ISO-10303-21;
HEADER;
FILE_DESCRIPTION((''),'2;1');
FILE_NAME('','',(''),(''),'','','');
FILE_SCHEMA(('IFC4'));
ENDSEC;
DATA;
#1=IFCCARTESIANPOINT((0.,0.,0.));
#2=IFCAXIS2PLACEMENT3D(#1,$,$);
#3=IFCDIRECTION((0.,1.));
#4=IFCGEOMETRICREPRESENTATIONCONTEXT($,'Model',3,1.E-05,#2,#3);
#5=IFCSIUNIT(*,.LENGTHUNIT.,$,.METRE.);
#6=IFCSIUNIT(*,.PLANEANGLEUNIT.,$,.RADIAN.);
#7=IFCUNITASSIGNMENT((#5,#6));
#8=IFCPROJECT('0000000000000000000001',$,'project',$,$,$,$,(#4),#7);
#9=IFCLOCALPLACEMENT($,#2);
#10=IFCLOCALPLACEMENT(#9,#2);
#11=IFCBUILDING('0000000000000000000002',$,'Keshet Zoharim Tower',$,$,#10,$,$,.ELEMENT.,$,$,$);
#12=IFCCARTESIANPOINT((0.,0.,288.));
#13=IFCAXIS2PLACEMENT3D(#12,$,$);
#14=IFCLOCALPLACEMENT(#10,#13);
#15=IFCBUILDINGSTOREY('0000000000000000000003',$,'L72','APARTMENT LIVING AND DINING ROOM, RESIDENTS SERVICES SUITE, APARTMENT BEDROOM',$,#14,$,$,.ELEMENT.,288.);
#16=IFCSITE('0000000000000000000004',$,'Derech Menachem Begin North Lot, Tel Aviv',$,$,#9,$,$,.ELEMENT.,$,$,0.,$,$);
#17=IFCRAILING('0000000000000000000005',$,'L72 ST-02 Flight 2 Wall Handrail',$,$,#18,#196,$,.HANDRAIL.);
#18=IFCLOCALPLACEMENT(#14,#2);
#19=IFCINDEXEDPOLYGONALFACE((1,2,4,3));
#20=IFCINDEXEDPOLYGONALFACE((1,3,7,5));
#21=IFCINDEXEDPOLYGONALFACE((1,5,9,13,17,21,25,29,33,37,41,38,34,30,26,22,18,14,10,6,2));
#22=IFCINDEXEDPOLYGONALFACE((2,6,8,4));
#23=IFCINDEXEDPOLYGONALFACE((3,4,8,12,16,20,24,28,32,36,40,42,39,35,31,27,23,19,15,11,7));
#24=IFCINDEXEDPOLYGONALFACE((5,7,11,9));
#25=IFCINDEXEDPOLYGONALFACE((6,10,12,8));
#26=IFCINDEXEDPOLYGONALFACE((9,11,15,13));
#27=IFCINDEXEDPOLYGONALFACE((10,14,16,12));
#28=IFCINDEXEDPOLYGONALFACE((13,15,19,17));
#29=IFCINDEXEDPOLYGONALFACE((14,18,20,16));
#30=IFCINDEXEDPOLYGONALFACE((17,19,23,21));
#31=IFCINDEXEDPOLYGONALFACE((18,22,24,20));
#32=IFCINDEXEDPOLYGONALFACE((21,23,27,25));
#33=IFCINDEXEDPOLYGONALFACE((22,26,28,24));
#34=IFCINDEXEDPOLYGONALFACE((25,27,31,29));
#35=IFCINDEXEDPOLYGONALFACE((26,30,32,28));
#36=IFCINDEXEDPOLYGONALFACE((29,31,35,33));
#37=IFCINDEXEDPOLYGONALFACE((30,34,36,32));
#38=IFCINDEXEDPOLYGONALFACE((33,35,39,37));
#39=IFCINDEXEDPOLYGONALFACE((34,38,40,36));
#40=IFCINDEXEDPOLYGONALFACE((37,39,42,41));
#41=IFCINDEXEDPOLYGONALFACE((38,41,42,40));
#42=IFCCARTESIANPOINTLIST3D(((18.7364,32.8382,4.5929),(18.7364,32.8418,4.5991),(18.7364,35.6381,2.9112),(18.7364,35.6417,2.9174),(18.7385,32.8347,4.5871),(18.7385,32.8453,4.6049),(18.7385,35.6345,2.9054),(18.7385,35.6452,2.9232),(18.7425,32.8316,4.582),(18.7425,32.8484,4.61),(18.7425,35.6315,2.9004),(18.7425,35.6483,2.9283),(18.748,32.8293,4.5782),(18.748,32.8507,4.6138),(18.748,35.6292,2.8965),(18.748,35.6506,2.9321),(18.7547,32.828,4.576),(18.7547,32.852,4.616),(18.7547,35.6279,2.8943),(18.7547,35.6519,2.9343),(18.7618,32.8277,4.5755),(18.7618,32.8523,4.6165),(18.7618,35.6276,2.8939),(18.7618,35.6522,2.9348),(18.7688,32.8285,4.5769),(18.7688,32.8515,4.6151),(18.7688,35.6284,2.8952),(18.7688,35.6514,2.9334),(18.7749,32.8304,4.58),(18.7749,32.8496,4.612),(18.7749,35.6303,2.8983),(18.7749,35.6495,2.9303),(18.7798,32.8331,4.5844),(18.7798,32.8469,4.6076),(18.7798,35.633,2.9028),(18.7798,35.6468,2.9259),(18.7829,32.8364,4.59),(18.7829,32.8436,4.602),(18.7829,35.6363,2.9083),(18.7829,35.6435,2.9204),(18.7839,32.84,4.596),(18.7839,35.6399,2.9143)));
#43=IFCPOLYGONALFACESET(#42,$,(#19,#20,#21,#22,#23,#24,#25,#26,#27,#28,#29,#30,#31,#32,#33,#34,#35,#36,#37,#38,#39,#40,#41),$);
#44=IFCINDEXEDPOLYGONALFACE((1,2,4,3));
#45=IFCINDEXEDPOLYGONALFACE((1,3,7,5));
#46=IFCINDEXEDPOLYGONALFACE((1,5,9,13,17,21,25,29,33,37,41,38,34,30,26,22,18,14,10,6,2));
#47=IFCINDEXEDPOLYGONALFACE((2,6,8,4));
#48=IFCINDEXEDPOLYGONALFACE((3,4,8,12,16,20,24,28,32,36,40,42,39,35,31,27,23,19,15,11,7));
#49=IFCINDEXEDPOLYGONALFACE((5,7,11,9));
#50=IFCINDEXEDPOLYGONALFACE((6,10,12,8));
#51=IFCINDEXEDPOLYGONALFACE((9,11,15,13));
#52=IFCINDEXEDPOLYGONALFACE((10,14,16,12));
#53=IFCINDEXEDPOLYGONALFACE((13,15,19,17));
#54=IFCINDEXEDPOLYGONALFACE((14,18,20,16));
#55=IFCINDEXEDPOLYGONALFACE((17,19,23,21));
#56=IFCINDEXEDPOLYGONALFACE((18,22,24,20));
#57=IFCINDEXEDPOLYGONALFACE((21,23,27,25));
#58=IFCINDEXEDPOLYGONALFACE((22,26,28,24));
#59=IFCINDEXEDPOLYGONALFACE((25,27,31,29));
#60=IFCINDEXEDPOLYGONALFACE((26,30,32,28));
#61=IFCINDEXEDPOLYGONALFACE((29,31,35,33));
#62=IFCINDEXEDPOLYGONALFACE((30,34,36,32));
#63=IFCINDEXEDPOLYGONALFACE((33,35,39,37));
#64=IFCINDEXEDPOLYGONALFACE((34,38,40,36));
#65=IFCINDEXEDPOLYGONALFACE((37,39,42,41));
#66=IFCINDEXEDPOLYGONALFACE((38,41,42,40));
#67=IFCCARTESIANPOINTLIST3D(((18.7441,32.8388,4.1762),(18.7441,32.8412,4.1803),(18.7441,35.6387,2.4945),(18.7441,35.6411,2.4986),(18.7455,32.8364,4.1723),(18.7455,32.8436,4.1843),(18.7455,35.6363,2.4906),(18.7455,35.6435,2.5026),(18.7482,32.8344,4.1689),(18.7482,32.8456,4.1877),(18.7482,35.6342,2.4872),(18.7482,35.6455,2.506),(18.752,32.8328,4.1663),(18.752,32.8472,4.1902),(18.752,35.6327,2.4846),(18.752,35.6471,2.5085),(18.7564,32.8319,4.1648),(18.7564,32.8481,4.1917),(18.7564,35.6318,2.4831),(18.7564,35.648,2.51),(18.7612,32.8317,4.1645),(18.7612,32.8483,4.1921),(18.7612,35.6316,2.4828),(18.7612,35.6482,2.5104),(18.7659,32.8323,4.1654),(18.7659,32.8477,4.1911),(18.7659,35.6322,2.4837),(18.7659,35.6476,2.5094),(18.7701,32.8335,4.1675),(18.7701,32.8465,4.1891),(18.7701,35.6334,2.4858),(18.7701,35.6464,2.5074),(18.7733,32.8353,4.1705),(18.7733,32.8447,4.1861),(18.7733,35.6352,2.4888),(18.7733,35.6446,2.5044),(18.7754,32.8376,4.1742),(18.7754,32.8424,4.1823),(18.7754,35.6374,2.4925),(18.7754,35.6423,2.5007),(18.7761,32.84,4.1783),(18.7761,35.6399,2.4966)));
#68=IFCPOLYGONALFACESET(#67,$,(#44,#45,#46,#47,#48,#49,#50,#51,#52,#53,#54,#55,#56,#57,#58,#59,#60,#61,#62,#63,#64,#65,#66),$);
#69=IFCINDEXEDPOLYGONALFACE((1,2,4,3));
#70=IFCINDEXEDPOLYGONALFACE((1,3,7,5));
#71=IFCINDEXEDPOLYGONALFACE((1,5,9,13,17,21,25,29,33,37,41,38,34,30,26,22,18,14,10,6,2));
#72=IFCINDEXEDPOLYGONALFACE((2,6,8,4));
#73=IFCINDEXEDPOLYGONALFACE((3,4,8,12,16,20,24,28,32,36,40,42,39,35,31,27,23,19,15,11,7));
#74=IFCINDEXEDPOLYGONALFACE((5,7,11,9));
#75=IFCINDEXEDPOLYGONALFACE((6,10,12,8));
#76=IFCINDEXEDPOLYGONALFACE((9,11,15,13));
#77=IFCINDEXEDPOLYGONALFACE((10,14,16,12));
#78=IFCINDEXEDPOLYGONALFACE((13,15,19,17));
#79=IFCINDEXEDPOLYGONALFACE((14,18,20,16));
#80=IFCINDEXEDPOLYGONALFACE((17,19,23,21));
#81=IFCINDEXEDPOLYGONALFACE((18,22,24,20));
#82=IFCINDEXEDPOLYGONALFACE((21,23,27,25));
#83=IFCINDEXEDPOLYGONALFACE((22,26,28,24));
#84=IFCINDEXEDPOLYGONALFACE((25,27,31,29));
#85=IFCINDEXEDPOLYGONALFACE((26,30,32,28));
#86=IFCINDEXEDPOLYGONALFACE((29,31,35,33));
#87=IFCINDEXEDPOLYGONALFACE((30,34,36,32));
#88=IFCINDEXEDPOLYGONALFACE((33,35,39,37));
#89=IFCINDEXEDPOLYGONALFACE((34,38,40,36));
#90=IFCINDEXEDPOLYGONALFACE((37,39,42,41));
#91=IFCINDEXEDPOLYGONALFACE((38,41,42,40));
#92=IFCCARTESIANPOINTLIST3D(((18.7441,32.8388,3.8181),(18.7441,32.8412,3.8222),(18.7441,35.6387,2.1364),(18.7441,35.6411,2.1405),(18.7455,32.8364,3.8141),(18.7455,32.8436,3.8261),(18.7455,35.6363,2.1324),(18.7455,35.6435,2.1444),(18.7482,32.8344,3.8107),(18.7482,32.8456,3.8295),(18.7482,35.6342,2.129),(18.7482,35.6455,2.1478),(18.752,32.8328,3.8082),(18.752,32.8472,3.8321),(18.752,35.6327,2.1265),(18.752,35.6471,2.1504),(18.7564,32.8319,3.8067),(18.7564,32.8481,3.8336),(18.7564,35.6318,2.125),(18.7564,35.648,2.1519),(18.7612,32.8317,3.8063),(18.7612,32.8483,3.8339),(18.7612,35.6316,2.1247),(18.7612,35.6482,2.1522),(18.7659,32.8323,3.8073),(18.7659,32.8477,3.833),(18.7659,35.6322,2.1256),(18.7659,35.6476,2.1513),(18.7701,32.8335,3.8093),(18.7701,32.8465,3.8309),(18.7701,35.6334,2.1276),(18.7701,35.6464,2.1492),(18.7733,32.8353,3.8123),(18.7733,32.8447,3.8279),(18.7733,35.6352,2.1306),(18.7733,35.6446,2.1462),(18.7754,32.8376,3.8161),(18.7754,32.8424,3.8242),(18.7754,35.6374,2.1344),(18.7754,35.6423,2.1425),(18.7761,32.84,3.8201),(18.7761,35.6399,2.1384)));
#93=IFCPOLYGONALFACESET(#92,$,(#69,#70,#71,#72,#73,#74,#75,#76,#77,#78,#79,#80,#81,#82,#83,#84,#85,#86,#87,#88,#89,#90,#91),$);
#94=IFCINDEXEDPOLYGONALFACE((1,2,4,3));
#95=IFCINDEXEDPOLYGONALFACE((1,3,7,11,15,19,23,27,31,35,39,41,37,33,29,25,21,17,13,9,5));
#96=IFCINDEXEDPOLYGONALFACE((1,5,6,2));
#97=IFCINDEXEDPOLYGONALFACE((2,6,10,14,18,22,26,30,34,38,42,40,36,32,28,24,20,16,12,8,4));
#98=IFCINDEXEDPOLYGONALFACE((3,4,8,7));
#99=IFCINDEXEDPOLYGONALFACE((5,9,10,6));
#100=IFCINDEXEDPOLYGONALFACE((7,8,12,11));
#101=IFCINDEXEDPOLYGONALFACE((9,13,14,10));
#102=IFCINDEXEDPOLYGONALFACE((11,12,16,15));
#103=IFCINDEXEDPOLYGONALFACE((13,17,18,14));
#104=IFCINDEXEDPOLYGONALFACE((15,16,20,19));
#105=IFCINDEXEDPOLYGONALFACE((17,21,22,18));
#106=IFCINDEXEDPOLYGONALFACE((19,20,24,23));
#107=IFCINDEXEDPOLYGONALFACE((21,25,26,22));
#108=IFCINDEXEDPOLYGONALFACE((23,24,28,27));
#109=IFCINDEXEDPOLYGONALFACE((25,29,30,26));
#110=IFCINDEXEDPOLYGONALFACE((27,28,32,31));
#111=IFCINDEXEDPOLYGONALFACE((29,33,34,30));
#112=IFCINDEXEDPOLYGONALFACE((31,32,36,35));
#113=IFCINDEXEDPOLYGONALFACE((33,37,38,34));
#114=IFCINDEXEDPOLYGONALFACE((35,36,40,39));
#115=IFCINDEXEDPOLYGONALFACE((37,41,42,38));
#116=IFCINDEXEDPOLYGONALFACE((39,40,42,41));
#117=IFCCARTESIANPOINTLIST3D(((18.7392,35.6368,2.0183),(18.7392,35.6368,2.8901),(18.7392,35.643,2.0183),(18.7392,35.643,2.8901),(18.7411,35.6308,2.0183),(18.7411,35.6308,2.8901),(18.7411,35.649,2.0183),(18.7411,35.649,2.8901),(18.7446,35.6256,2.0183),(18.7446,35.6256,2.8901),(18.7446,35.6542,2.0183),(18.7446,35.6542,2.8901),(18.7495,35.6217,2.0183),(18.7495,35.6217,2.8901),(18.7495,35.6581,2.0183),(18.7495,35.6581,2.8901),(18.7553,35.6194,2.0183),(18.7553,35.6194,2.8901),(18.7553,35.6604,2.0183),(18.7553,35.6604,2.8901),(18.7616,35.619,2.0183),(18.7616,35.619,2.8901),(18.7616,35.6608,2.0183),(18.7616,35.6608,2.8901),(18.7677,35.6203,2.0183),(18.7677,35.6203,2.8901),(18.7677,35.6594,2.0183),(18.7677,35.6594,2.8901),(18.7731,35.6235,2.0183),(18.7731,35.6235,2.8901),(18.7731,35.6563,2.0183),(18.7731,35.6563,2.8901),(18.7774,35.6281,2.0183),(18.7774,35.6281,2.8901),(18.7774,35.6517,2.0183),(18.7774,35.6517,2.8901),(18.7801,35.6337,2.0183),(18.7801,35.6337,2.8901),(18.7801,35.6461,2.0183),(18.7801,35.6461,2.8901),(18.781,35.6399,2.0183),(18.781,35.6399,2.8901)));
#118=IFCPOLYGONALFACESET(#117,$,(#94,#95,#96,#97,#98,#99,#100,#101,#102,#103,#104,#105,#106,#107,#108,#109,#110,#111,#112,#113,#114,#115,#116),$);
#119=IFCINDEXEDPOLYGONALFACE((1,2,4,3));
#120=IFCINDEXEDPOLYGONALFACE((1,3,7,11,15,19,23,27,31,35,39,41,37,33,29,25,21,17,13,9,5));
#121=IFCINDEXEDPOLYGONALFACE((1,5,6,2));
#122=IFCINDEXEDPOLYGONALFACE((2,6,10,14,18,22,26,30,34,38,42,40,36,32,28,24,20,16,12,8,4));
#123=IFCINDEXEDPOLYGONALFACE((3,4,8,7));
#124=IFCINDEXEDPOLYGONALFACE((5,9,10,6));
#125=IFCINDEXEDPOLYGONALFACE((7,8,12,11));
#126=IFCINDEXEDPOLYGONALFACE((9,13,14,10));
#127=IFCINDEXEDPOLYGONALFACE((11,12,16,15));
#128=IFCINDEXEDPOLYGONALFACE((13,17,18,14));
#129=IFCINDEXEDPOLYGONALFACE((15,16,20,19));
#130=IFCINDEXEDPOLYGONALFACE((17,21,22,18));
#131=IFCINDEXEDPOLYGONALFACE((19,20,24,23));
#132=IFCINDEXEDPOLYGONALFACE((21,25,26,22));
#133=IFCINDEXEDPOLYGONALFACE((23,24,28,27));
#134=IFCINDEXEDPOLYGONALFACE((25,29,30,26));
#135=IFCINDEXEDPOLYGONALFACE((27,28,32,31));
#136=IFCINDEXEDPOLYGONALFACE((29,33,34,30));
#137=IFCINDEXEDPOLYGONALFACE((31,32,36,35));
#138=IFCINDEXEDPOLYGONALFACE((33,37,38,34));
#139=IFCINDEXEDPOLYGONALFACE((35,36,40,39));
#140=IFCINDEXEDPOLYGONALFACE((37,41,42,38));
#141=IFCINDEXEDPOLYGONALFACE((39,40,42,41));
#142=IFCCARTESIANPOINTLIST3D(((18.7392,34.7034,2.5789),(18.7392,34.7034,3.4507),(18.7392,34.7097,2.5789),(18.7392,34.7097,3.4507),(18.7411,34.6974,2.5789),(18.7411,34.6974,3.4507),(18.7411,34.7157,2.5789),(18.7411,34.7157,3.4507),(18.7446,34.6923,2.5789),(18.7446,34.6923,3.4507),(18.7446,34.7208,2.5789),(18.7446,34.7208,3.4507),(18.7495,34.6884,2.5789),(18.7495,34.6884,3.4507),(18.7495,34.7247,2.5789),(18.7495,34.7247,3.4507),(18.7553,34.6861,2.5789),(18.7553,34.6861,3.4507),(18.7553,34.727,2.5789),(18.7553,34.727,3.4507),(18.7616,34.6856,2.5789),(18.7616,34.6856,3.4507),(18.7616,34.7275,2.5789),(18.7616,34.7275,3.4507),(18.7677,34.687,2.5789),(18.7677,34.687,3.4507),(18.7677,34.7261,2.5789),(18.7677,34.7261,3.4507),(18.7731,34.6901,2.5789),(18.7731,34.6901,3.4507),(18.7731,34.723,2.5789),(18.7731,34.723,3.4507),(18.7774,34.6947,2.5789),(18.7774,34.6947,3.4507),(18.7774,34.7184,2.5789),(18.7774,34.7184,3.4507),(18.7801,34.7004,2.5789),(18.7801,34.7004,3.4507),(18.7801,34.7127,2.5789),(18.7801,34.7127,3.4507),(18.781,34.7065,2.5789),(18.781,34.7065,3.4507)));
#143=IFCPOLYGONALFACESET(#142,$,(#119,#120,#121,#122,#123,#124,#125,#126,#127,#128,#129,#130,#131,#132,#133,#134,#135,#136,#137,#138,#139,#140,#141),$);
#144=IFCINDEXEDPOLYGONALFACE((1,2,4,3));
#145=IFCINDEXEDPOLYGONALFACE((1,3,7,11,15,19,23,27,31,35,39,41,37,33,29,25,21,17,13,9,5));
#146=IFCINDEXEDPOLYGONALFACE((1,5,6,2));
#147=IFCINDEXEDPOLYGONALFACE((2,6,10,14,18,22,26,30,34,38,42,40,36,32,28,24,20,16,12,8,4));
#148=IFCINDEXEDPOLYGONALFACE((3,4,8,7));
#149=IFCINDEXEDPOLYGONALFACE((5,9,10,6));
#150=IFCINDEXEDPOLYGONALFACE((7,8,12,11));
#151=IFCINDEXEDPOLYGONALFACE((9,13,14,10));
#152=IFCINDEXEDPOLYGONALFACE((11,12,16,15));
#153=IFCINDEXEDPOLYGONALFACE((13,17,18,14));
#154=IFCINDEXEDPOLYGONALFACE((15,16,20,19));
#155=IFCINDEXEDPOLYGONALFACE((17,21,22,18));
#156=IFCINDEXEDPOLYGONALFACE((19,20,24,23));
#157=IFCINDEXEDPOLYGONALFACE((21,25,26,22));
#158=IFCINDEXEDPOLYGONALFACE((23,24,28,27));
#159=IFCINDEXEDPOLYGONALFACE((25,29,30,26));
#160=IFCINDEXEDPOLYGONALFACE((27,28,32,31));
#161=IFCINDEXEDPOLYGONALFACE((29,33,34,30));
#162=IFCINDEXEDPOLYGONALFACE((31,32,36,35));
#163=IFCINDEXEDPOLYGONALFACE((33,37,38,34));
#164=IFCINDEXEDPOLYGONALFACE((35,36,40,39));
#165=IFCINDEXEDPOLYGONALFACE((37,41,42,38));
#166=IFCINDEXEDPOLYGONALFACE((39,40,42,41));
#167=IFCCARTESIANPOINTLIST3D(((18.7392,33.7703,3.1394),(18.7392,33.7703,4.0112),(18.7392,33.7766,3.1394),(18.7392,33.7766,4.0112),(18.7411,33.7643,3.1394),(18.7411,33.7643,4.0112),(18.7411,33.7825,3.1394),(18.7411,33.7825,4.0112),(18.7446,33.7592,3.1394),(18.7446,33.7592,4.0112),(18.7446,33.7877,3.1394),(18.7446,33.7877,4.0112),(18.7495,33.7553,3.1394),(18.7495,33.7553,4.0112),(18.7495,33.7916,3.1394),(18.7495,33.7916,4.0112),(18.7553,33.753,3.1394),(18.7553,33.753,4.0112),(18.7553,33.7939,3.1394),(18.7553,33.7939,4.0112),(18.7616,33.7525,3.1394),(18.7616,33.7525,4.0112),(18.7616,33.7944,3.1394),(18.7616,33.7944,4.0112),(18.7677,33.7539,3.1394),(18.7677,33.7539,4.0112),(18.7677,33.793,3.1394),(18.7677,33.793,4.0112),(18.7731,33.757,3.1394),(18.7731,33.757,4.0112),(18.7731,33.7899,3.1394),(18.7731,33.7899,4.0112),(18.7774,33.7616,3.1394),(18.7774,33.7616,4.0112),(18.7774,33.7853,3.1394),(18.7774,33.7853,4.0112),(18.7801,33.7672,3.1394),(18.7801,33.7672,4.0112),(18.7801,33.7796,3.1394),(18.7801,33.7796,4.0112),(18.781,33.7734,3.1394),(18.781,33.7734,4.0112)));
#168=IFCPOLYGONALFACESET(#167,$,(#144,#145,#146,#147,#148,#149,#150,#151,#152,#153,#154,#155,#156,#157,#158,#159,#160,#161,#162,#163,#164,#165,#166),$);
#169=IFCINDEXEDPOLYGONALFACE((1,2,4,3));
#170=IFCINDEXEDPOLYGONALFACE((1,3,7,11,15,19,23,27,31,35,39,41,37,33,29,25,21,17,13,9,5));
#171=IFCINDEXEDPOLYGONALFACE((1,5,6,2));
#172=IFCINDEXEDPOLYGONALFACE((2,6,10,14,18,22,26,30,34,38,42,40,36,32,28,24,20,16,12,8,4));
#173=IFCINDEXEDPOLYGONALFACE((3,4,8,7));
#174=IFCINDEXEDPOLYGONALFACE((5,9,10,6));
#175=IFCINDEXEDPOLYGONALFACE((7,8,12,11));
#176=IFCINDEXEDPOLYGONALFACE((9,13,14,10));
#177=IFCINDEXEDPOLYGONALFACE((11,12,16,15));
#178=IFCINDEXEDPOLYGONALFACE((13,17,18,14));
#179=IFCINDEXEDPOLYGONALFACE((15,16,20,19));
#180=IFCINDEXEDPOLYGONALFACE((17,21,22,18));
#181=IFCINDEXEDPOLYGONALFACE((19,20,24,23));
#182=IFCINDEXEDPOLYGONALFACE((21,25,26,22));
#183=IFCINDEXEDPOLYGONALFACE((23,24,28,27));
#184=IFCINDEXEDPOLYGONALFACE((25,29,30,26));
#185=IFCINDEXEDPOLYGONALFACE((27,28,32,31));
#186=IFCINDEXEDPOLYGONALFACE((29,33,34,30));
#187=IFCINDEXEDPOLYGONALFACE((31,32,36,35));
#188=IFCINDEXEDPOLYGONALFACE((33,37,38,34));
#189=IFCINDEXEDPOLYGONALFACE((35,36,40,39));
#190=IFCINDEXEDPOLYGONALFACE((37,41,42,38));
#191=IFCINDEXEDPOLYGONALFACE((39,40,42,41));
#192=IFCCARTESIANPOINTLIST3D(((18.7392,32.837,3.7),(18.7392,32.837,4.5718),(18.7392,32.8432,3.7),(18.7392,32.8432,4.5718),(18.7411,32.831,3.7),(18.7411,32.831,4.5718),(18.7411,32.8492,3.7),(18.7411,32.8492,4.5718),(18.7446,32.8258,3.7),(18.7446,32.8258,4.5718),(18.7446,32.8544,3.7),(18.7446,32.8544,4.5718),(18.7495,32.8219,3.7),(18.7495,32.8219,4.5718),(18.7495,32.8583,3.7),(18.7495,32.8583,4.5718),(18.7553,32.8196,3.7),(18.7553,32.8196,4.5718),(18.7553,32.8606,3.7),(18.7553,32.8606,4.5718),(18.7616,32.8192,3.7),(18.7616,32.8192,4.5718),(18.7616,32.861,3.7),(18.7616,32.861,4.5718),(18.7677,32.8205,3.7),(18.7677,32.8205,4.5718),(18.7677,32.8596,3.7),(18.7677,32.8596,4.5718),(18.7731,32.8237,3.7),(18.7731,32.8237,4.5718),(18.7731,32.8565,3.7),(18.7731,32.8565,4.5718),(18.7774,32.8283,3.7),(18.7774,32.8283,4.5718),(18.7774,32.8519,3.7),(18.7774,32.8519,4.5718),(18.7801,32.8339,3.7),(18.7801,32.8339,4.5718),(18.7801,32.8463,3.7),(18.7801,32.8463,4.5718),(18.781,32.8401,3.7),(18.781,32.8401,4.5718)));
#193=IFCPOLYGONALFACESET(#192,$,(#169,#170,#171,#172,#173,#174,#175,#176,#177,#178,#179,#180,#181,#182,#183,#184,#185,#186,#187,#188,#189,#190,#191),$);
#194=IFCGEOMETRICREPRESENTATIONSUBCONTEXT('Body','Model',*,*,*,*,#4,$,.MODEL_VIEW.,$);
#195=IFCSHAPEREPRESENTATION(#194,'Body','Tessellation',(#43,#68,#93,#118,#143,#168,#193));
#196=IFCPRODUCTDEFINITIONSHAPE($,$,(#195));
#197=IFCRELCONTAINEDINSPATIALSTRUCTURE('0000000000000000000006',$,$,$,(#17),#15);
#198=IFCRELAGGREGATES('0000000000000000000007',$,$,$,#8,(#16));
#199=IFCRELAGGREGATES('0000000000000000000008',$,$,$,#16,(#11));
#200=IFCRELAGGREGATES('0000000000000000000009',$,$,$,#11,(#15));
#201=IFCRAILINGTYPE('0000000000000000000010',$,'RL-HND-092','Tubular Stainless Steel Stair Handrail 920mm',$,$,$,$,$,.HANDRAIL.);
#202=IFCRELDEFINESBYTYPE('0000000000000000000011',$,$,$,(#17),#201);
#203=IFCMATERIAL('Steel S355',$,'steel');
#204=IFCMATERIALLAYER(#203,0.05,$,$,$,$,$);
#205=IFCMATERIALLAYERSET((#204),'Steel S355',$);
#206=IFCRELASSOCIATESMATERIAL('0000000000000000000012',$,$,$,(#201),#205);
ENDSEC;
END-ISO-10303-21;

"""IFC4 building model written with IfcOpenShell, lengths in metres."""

from ifc_helpers import new_model, si_unit, direction, frame, origin, origin_2d, place, context, subcontext, project, spatial, circle, extrude, material, layer, layer_set, type_object, element, save


model = new_model("IFC4")

# Units and contexts
model_context = context("Model", 3, precision=1e-05, world=origin(), true_north=direction((0.0, 1.0)))
body_context = subcontext(model_context, "Body", "Model", "MODEL_VIEW")
ifc_project = project(units=[si_unit("LENGTHUNIT", "METRE"), si_unit("PLANEANGLEUNIT", "RADIAN")], contexts=[model_context])

# Site, building, storey
site_placement = place(None, origin())
site = spatial("IfcSite", under=ifc_project, at=site_placement, Name="Derech Menachem Begin North Lot, Tel Aviv", CompositionType="ELEMENT", RefElevation=0.0)
building_placement = place(site_placement, origin())
building = spatial("IfcBuilding", under=site, at=building_placement, Name="Keshet Zoharim Tower", CompositionType="ELEMENT")
storey_placement = place(building_placement, frame((0.0, 0.0, 288.0)))
storey = spatial("IfcBuildingStorey", under=building, at=storey_placement, Name="L72", Description="APARTMENT LIVING AND DINING ROOM, RESIDENTS SERVICES SUITE, APARTMENT BEDROOM", CompositionType="ELEMENT", Elevation=288.0)

# Shared definitions
ifc_material_1 = material(Name="Steel S355", Category="steel")

# Railing
ifc_layer_1 = layer(ifc_material_1, 0.05)
ifc_layer_set_1 = layer_set([ifc_layer_1], Name="Steel S355")
railing_type_1 = type_object("IfcRailingType", Name="RL-HND-092", Description="Tubular Stainless Steel Stair Handrail 920mm", PredefinedType="HANDRAIL", material=ifc_layer_set_1)
railing_1_placement = place(storey_placement, frame((18.76, 35.6399, 2.0183)))
element("IfcRailing", 1, at=railing_1_placement, inside=storey, type_object=railing_type_1, Name="L72 ST-02 Flight 2 Wall Handrail", PredefinedType="HANDRAIL", context=body_context, shape_type="SweptSolid", body=[
    extrude(circle(Radius=0.0239, at=origin_2d()), frame((0.0, 0.0, 0.896), z_axis=(0.0, -0.857255, 0.514891), x_axis=(1.0, 0.0, 0.0)), (0.0, 0.0, 1.0), 3.2661),
    extrude(circle(Radius=0.0161, at=origin_2d()), frame((0.0, 0.0, 0.4783), z_axis=(0.0, -0.857255, 0.514891), x_axis=(1.0, 0.0, 0.0)), (0.0, 0.0, 1.0), 3.2661),
    extrude(circle(Radius=0.0161, at=origin_2d()), frame((0.0, 0.0, 0.1201), z_axis=(0.0, -0.857255, 0.514891), x_axis=(1.0, 0.0, 0.0)), (0.0, 0.0, 1.0), 3.2661),
    extrude(circle(Radius=0.021, at=origin_2d()), origin(), (0.0, 0.0, 1.0), 0.8718),
    extrude(circle(Radius=0.021, at=origin_2d()), frame((0.0, -0.9333, 0.5605)), (0.0, 0.0, 1.0), 0.8718),
    extrude(circle(Radius=0.021, at=origin_2d()), frame((0.0, -1.8665, 1.1211)), (0.0, 0.0, 1.0), 0.8718),
    extrude(circle(Radius=0.021, at=origin_2d()), frame((0.0, -2.7998, 1.6816)), (0.0, 0.0, 1.0), 0.8718),
])

save(model, "model.ifc")
